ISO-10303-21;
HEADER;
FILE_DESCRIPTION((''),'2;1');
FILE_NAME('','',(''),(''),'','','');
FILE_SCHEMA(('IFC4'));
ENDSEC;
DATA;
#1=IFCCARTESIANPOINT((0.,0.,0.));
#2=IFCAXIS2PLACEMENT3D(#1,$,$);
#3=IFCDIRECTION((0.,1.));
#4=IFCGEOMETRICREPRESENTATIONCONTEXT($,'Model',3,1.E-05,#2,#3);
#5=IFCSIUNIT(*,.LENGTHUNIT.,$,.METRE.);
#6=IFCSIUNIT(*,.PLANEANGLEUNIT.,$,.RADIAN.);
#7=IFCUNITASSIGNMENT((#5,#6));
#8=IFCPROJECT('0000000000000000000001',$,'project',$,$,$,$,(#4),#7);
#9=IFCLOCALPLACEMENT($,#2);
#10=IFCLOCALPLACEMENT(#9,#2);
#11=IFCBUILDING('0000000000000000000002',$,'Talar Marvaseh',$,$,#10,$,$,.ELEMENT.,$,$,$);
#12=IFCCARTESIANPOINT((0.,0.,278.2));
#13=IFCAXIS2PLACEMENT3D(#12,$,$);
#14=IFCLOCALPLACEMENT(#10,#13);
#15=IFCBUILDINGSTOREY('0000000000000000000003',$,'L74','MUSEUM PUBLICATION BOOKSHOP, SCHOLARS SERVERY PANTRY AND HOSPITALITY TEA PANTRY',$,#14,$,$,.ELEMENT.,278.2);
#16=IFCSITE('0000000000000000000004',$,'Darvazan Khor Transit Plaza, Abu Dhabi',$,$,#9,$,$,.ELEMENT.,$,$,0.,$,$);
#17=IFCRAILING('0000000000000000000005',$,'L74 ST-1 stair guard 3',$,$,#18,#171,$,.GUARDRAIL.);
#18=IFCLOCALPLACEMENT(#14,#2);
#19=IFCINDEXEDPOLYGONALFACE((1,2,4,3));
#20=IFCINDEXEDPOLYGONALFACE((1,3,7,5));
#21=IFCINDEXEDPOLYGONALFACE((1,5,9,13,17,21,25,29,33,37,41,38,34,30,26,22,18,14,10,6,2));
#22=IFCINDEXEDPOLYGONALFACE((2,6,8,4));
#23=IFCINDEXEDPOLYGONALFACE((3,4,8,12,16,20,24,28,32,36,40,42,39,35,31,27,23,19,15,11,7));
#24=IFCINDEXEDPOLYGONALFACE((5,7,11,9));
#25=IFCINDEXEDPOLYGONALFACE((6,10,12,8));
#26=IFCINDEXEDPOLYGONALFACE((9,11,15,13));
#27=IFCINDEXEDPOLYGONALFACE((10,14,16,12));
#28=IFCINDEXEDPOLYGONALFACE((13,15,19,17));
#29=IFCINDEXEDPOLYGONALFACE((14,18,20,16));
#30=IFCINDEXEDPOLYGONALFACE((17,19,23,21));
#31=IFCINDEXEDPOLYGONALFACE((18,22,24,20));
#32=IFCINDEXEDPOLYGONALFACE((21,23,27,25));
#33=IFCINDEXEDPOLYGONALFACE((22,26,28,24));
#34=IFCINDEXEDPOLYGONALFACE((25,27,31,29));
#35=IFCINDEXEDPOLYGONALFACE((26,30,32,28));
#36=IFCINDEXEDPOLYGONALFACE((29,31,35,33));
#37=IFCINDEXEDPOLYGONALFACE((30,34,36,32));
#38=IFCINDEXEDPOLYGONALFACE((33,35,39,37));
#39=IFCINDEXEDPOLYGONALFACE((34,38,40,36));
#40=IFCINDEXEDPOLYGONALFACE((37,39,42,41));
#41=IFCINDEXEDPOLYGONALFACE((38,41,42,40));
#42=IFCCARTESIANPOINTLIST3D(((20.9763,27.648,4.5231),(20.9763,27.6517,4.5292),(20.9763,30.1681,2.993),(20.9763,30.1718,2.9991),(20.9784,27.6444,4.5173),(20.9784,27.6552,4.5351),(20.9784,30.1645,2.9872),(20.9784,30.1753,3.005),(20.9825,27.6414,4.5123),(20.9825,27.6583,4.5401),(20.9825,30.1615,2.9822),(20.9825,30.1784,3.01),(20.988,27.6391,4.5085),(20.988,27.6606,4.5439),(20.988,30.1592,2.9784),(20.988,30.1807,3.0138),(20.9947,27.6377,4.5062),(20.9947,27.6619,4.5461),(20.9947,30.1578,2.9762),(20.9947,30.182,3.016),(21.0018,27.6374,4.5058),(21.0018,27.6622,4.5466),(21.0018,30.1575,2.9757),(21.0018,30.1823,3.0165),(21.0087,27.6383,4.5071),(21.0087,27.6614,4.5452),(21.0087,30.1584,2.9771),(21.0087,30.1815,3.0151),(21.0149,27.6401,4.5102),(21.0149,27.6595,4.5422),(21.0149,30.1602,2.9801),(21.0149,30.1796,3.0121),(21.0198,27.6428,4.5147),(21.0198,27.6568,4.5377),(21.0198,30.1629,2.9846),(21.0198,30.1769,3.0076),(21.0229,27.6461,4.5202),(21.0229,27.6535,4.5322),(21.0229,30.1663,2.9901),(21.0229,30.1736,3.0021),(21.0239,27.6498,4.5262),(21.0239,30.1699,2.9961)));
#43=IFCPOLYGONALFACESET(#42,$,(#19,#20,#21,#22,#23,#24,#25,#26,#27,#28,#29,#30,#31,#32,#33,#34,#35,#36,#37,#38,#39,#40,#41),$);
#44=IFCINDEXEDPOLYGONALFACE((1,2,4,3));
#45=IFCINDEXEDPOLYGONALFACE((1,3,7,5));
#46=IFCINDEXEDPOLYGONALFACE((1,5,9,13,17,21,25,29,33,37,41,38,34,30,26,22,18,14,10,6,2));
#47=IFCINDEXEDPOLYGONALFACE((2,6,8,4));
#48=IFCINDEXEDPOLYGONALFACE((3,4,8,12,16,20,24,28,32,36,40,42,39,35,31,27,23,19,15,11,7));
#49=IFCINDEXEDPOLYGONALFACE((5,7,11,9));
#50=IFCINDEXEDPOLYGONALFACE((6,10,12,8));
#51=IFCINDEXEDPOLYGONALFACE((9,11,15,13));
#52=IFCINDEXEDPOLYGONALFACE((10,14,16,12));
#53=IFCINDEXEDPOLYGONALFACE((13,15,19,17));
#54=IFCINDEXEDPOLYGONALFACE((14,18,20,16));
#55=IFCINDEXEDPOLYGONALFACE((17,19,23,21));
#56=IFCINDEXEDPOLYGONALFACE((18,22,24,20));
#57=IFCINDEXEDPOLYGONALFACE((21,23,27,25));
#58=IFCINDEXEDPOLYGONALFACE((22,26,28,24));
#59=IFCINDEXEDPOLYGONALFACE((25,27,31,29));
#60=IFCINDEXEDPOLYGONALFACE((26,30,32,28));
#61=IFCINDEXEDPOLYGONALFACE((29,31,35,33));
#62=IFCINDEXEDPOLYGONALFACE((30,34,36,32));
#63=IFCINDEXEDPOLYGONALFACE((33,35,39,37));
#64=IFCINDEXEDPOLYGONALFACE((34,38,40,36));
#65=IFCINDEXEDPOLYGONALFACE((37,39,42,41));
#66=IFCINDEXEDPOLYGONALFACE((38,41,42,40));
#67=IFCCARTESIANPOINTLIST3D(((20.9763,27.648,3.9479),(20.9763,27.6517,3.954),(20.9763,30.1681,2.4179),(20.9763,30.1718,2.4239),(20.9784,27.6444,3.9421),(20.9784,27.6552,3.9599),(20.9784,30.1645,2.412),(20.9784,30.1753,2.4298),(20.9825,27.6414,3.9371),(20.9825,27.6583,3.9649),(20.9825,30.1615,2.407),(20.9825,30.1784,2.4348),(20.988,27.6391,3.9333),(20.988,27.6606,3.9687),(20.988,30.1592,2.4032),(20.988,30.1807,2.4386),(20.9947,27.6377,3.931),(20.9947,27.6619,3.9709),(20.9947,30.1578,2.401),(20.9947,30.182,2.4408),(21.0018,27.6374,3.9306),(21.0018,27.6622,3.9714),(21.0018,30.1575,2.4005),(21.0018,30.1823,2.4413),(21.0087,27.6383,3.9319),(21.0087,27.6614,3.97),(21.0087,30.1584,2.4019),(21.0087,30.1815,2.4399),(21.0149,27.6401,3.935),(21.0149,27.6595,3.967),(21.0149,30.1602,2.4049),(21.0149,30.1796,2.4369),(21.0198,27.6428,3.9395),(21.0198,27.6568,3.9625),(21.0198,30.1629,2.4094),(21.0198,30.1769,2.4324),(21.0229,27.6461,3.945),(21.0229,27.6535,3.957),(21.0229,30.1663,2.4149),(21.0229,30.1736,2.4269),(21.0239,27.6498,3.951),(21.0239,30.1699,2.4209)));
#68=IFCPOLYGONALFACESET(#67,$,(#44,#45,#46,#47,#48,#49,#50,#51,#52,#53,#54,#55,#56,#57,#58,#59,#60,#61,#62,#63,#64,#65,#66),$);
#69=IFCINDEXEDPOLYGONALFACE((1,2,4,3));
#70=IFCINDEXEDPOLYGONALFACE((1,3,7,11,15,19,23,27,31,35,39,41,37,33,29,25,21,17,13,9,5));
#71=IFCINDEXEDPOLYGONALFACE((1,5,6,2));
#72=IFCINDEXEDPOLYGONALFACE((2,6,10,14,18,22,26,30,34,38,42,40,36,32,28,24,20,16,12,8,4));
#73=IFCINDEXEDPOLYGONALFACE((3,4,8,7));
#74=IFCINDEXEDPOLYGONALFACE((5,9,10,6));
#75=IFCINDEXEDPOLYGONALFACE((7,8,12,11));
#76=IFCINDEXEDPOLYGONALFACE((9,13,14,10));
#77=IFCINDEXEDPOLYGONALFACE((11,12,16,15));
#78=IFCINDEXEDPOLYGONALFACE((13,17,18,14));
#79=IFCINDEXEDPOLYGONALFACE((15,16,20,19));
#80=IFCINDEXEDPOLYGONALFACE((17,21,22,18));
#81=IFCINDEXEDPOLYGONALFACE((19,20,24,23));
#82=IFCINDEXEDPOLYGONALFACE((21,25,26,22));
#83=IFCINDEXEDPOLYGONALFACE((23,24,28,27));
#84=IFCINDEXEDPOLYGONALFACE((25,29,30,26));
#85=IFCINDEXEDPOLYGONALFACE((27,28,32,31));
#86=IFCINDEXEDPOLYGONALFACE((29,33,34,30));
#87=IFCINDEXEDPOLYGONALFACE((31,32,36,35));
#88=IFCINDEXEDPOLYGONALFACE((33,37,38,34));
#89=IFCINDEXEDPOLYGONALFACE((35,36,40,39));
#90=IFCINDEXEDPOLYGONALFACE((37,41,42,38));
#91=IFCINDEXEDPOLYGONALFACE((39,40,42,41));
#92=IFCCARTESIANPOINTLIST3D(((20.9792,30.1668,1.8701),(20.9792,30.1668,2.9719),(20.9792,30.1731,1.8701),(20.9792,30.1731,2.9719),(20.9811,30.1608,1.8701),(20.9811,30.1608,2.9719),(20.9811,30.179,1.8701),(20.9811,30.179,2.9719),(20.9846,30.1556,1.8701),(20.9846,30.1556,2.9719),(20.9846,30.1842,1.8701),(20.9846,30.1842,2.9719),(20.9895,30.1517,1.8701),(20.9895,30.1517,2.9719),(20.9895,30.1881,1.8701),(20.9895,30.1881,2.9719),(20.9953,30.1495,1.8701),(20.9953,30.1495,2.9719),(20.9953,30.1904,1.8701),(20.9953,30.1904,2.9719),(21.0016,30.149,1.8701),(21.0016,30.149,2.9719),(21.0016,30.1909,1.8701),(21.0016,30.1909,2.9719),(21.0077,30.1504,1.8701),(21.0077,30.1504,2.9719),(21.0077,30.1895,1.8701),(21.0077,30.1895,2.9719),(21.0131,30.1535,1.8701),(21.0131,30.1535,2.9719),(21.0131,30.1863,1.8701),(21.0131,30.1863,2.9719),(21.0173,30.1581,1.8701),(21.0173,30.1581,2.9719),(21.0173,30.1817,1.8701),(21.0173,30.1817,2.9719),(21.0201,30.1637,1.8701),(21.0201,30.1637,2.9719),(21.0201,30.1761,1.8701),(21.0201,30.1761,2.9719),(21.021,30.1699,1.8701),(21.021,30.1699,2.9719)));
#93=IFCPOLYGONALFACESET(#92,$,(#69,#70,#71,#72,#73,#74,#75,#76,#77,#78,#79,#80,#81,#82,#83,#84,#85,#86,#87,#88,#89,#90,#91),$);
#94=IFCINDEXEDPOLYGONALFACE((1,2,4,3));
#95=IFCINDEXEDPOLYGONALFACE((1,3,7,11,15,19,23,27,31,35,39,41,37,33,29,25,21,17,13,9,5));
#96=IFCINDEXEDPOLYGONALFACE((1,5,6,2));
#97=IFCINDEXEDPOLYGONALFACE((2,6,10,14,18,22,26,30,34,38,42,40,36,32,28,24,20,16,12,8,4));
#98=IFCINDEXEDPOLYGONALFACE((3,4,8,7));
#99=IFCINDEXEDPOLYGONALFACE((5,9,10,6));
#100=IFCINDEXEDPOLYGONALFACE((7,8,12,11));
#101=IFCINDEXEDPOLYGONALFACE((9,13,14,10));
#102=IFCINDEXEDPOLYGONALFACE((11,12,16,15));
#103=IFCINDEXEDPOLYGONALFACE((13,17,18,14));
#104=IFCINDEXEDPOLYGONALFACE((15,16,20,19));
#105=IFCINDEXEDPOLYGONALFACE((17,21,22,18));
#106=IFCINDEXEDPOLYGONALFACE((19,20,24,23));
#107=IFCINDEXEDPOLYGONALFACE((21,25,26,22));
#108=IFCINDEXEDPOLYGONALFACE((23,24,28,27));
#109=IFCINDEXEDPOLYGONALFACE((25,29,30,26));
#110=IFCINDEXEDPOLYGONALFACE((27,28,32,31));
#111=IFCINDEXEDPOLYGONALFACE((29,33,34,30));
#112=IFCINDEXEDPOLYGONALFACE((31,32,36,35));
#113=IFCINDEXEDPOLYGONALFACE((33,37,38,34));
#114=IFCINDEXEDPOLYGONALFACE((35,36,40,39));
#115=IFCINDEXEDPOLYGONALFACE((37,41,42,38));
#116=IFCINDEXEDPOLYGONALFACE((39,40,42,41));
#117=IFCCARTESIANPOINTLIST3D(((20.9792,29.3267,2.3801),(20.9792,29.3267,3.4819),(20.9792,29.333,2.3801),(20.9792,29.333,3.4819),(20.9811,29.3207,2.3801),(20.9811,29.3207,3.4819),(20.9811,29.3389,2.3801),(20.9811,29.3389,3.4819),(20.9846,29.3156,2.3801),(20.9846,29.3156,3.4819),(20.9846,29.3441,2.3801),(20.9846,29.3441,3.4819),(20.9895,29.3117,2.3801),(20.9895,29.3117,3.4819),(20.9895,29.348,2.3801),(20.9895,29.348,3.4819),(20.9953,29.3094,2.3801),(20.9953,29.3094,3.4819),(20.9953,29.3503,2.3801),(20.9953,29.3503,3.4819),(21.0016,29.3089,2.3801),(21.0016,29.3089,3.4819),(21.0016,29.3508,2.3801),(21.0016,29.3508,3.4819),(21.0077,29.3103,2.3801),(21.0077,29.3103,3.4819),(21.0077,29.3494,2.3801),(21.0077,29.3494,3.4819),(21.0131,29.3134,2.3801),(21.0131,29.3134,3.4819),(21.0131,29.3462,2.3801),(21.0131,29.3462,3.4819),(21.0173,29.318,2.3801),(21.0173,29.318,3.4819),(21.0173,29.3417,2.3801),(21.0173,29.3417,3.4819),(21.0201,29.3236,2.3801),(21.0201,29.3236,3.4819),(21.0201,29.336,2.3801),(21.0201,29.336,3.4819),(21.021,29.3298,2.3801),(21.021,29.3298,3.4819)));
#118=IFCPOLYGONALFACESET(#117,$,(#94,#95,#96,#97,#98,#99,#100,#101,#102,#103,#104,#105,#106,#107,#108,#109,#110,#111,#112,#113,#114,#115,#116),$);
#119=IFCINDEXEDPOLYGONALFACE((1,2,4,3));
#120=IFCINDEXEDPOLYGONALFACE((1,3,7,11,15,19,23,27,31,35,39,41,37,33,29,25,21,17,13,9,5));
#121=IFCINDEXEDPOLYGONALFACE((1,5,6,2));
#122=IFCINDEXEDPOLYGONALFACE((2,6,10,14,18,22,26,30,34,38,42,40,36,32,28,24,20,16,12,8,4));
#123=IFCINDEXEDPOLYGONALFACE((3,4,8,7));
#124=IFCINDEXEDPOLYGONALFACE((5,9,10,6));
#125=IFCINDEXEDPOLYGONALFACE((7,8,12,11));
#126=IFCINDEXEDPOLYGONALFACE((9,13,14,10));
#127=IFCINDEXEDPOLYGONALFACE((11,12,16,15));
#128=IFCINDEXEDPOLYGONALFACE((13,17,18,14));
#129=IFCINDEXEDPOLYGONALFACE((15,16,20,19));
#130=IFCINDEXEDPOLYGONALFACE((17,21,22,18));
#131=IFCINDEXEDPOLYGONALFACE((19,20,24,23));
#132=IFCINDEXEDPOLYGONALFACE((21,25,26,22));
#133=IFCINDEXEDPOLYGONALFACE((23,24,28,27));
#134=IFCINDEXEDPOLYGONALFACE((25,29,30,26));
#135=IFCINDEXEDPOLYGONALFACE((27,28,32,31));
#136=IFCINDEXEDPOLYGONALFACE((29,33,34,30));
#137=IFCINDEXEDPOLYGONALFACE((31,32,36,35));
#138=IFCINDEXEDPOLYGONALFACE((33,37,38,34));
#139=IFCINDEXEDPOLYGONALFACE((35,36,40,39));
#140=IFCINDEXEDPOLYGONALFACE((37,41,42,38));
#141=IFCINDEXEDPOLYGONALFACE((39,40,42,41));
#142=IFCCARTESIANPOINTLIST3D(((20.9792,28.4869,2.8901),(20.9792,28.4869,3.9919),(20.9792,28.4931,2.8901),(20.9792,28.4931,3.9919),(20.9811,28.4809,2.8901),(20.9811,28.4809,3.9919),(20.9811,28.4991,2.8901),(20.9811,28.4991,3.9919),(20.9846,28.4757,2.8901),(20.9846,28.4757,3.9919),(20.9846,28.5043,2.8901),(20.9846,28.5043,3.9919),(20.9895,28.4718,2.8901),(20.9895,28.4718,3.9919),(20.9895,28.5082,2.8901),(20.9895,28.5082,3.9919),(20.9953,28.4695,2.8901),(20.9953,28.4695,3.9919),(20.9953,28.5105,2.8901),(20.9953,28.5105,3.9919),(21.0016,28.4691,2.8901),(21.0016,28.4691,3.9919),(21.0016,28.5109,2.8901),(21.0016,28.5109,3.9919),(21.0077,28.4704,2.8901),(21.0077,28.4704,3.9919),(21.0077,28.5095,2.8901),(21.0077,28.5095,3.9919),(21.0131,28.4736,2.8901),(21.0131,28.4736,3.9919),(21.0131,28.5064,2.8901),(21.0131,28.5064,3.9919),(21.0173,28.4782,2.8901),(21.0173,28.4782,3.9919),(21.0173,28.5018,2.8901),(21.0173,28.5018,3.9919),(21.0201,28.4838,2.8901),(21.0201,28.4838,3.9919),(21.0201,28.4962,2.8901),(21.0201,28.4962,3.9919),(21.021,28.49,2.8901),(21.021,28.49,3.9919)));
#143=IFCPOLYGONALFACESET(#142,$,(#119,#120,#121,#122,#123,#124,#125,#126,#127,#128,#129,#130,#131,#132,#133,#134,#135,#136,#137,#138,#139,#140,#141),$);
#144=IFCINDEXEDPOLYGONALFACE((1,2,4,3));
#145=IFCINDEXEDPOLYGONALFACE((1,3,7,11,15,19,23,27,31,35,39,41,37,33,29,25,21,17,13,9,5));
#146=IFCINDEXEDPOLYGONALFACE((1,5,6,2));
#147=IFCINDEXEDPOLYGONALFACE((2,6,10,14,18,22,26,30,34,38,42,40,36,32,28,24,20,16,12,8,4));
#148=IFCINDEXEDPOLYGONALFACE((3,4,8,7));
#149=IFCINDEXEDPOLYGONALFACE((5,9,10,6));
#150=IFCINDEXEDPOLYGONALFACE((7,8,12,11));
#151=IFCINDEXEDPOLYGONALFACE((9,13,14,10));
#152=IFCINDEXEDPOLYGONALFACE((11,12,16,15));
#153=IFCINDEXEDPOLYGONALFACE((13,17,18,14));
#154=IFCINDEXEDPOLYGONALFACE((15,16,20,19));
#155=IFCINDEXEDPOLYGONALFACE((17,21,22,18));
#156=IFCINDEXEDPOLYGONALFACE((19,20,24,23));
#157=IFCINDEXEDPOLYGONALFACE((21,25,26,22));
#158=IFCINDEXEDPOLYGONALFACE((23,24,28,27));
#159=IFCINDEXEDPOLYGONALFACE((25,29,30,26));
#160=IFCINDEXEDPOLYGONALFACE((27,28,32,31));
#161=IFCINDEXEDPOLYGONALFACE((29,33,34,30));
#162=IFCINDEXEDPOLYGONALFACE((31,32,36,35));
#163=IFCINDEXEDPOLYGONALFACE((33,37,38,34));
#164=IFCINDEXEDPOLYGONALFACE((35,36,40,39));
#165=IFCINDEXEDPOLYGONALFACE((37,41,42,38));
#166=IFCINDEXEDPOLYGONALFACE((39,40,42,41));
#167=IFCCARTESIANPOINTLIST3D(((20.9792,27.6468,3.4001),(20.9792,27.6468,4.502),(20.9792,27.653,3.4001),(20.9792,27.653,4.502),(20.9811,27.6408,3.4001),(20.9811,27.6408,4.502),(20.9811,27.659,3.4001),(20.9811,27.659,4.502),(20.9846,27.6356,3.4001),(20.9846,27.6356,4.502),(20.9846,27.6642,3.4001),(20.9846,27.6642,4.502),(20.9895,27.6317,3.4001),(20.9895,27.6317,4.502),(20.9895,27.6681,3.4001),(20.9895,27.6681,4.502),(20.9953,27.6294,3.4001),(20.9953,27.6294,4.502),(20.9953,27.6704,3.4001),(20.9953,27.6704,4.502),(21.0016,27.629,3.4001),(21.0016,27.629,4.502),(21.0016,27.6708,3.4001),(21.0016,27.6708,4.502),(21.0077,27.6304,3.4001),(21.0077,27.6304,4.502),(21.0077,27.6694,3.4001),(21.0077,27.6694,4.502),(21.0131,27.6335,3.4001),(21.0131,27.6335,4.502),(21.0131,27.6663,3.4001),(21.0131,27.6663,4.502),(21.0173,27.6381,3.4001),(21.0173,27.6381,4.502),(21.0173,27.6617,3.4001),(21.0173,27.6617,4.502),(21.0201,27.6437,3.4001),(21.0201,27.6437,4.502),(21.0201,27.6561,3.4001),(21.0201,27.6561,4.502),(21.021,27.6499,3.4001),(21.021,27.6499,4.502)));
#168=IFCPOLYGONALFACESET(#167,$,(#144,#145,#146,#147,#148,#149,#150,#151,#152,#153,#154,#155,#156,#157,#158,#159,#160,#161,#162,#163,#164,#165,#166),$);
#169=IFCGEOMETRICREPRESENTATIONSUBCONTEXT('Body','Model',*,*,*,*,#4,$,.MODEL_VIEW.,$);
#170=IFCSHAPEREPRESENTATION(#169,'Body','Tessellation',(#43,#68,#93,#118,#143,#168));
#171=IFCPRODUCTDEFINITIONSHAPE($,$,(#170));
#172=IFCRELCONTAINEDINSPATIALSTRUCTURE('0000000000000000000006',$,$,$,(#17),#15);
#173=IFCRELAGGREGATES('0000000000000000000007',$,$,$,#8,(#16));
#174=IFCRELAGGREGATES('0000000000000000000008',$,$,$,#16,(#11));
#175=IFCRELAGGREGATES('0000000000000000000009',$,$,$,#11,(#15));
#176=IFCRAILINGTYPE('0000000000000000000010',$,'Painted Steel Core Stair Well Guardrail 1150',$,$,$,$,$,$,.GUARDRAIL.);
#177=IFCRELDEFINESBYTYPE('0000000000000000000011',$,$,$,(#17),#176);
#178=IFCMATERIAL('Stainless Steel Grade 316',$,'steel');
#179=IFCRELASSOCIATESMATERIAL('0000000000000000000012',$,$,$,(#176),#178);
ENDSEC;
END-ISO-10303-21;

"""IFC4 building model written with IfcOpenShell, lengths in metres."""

from ifc_helpers import new_model, si_unit, direction, frame, origin, origin_2d, place, context, subcontext, project, spatial, circle, extrude, material, type_object, element, save


model = new_model("IFC4")

# Units and contexts
model_context = context("Model", 3, precision=1e-05, world=origin(), true_north=direction((0.0, 1.0)))
body_context = subcontext(model_context, "Body", "Model", "MODEL_VIEW")
ifc_project = project(units=[si_unit("LENGTHUNIT", "METRE"), si_unit("PLANEANGLEUNIT", "RADIAN")], contexts=[model_context])

# Site, building, storey
site_placement = place(None, origin())
site = spatial("IfcSite", under=ifc_project, at=site_placement, Name="Darvazan Khor Transit Plaza, Abu Dhabi", CompositionType="ELEMENT", RefElevation=0.0)
building_placement = place(site_placement, origin())
building = spatial("IfcBuilding", under=site, at=building_placement, Name="Talar Marvaseh", CompositionType="ELEMENT")
storey_placement = place(building_placement, frame((0.0, 0.0, 278.2)))
storey = spatial("IfcBuildingStorey", under=building, at=storey_placement, Name="L74", Description="MUSEUM PUBLICATION BOOKSHOP, SCHOLARS SERVERY PANTRY AND HOSPITALITY TEA PANTRY", CompositionType="ELEMENT", Elevation=278.2)

# Railing
ifc_material_1 = material(Name="Stainless Steel Grade 316", Category="steel")
railing_type_1 = type_object("IfcRailingType", Name="Painted Steel Core Stair Well Guardrail 1150", PredefinedType="GUARDRAIL", material=ifc_material_1)
railing_1_placement = place(storey_placement, frame((21.0, 30.1699, 1.8701)))
element("IfcRailing", 1, at=railing_1_placement, inside=storey, type_object=railing_type_1, Name="L74 ST-1 stair guard 3", PredefinedType="GUARDRAIL", context=body_context, shape_type="SweptSolid", body=[
    extrude(circle(Radius=0.0239, at=origin_2d()), frame((0.0, 0.0, 1.126), z_axis=(0.0, -0.854785, 0.518982), x_axis=(1.0, 0.0, 0.0)), (0.0, 0.0, 1.0), 2.9482),
    extrude(circle(Radius=0.0239, at=origin_2d()), frame((0.0, 0.0, 0.5508), z_axis=(0.0, -0.854785, 0.518982), x_axis=(1.0, 0.0, 0.0)), (0.0, 0.0, 1.0), 2.9482),
    extrude(circle(Radius=0.021, at=origin_2d()), origin(), (0.0, 0.0, 1.0), 1.1018),
    extrude(circle(Radius=0.021, at=origin_2d()), frame((0.0, -0.8401, 0.51)), (0.0, 0.0, 1.0), 1.1018),
    extrude(circle(Radius=0.021, at=origin_2d()), frame((0.0, -1.6799, 1.02)), (0.0, 0.0, 1.0), 1.1018),
    extrude(circle(Radius=0.021, at=origin_2d()), frame((0.0, -2.52, 1.53)), (0.0, 0.0, 1.0), 1.1018),
])

save(model, "model.ifc")
